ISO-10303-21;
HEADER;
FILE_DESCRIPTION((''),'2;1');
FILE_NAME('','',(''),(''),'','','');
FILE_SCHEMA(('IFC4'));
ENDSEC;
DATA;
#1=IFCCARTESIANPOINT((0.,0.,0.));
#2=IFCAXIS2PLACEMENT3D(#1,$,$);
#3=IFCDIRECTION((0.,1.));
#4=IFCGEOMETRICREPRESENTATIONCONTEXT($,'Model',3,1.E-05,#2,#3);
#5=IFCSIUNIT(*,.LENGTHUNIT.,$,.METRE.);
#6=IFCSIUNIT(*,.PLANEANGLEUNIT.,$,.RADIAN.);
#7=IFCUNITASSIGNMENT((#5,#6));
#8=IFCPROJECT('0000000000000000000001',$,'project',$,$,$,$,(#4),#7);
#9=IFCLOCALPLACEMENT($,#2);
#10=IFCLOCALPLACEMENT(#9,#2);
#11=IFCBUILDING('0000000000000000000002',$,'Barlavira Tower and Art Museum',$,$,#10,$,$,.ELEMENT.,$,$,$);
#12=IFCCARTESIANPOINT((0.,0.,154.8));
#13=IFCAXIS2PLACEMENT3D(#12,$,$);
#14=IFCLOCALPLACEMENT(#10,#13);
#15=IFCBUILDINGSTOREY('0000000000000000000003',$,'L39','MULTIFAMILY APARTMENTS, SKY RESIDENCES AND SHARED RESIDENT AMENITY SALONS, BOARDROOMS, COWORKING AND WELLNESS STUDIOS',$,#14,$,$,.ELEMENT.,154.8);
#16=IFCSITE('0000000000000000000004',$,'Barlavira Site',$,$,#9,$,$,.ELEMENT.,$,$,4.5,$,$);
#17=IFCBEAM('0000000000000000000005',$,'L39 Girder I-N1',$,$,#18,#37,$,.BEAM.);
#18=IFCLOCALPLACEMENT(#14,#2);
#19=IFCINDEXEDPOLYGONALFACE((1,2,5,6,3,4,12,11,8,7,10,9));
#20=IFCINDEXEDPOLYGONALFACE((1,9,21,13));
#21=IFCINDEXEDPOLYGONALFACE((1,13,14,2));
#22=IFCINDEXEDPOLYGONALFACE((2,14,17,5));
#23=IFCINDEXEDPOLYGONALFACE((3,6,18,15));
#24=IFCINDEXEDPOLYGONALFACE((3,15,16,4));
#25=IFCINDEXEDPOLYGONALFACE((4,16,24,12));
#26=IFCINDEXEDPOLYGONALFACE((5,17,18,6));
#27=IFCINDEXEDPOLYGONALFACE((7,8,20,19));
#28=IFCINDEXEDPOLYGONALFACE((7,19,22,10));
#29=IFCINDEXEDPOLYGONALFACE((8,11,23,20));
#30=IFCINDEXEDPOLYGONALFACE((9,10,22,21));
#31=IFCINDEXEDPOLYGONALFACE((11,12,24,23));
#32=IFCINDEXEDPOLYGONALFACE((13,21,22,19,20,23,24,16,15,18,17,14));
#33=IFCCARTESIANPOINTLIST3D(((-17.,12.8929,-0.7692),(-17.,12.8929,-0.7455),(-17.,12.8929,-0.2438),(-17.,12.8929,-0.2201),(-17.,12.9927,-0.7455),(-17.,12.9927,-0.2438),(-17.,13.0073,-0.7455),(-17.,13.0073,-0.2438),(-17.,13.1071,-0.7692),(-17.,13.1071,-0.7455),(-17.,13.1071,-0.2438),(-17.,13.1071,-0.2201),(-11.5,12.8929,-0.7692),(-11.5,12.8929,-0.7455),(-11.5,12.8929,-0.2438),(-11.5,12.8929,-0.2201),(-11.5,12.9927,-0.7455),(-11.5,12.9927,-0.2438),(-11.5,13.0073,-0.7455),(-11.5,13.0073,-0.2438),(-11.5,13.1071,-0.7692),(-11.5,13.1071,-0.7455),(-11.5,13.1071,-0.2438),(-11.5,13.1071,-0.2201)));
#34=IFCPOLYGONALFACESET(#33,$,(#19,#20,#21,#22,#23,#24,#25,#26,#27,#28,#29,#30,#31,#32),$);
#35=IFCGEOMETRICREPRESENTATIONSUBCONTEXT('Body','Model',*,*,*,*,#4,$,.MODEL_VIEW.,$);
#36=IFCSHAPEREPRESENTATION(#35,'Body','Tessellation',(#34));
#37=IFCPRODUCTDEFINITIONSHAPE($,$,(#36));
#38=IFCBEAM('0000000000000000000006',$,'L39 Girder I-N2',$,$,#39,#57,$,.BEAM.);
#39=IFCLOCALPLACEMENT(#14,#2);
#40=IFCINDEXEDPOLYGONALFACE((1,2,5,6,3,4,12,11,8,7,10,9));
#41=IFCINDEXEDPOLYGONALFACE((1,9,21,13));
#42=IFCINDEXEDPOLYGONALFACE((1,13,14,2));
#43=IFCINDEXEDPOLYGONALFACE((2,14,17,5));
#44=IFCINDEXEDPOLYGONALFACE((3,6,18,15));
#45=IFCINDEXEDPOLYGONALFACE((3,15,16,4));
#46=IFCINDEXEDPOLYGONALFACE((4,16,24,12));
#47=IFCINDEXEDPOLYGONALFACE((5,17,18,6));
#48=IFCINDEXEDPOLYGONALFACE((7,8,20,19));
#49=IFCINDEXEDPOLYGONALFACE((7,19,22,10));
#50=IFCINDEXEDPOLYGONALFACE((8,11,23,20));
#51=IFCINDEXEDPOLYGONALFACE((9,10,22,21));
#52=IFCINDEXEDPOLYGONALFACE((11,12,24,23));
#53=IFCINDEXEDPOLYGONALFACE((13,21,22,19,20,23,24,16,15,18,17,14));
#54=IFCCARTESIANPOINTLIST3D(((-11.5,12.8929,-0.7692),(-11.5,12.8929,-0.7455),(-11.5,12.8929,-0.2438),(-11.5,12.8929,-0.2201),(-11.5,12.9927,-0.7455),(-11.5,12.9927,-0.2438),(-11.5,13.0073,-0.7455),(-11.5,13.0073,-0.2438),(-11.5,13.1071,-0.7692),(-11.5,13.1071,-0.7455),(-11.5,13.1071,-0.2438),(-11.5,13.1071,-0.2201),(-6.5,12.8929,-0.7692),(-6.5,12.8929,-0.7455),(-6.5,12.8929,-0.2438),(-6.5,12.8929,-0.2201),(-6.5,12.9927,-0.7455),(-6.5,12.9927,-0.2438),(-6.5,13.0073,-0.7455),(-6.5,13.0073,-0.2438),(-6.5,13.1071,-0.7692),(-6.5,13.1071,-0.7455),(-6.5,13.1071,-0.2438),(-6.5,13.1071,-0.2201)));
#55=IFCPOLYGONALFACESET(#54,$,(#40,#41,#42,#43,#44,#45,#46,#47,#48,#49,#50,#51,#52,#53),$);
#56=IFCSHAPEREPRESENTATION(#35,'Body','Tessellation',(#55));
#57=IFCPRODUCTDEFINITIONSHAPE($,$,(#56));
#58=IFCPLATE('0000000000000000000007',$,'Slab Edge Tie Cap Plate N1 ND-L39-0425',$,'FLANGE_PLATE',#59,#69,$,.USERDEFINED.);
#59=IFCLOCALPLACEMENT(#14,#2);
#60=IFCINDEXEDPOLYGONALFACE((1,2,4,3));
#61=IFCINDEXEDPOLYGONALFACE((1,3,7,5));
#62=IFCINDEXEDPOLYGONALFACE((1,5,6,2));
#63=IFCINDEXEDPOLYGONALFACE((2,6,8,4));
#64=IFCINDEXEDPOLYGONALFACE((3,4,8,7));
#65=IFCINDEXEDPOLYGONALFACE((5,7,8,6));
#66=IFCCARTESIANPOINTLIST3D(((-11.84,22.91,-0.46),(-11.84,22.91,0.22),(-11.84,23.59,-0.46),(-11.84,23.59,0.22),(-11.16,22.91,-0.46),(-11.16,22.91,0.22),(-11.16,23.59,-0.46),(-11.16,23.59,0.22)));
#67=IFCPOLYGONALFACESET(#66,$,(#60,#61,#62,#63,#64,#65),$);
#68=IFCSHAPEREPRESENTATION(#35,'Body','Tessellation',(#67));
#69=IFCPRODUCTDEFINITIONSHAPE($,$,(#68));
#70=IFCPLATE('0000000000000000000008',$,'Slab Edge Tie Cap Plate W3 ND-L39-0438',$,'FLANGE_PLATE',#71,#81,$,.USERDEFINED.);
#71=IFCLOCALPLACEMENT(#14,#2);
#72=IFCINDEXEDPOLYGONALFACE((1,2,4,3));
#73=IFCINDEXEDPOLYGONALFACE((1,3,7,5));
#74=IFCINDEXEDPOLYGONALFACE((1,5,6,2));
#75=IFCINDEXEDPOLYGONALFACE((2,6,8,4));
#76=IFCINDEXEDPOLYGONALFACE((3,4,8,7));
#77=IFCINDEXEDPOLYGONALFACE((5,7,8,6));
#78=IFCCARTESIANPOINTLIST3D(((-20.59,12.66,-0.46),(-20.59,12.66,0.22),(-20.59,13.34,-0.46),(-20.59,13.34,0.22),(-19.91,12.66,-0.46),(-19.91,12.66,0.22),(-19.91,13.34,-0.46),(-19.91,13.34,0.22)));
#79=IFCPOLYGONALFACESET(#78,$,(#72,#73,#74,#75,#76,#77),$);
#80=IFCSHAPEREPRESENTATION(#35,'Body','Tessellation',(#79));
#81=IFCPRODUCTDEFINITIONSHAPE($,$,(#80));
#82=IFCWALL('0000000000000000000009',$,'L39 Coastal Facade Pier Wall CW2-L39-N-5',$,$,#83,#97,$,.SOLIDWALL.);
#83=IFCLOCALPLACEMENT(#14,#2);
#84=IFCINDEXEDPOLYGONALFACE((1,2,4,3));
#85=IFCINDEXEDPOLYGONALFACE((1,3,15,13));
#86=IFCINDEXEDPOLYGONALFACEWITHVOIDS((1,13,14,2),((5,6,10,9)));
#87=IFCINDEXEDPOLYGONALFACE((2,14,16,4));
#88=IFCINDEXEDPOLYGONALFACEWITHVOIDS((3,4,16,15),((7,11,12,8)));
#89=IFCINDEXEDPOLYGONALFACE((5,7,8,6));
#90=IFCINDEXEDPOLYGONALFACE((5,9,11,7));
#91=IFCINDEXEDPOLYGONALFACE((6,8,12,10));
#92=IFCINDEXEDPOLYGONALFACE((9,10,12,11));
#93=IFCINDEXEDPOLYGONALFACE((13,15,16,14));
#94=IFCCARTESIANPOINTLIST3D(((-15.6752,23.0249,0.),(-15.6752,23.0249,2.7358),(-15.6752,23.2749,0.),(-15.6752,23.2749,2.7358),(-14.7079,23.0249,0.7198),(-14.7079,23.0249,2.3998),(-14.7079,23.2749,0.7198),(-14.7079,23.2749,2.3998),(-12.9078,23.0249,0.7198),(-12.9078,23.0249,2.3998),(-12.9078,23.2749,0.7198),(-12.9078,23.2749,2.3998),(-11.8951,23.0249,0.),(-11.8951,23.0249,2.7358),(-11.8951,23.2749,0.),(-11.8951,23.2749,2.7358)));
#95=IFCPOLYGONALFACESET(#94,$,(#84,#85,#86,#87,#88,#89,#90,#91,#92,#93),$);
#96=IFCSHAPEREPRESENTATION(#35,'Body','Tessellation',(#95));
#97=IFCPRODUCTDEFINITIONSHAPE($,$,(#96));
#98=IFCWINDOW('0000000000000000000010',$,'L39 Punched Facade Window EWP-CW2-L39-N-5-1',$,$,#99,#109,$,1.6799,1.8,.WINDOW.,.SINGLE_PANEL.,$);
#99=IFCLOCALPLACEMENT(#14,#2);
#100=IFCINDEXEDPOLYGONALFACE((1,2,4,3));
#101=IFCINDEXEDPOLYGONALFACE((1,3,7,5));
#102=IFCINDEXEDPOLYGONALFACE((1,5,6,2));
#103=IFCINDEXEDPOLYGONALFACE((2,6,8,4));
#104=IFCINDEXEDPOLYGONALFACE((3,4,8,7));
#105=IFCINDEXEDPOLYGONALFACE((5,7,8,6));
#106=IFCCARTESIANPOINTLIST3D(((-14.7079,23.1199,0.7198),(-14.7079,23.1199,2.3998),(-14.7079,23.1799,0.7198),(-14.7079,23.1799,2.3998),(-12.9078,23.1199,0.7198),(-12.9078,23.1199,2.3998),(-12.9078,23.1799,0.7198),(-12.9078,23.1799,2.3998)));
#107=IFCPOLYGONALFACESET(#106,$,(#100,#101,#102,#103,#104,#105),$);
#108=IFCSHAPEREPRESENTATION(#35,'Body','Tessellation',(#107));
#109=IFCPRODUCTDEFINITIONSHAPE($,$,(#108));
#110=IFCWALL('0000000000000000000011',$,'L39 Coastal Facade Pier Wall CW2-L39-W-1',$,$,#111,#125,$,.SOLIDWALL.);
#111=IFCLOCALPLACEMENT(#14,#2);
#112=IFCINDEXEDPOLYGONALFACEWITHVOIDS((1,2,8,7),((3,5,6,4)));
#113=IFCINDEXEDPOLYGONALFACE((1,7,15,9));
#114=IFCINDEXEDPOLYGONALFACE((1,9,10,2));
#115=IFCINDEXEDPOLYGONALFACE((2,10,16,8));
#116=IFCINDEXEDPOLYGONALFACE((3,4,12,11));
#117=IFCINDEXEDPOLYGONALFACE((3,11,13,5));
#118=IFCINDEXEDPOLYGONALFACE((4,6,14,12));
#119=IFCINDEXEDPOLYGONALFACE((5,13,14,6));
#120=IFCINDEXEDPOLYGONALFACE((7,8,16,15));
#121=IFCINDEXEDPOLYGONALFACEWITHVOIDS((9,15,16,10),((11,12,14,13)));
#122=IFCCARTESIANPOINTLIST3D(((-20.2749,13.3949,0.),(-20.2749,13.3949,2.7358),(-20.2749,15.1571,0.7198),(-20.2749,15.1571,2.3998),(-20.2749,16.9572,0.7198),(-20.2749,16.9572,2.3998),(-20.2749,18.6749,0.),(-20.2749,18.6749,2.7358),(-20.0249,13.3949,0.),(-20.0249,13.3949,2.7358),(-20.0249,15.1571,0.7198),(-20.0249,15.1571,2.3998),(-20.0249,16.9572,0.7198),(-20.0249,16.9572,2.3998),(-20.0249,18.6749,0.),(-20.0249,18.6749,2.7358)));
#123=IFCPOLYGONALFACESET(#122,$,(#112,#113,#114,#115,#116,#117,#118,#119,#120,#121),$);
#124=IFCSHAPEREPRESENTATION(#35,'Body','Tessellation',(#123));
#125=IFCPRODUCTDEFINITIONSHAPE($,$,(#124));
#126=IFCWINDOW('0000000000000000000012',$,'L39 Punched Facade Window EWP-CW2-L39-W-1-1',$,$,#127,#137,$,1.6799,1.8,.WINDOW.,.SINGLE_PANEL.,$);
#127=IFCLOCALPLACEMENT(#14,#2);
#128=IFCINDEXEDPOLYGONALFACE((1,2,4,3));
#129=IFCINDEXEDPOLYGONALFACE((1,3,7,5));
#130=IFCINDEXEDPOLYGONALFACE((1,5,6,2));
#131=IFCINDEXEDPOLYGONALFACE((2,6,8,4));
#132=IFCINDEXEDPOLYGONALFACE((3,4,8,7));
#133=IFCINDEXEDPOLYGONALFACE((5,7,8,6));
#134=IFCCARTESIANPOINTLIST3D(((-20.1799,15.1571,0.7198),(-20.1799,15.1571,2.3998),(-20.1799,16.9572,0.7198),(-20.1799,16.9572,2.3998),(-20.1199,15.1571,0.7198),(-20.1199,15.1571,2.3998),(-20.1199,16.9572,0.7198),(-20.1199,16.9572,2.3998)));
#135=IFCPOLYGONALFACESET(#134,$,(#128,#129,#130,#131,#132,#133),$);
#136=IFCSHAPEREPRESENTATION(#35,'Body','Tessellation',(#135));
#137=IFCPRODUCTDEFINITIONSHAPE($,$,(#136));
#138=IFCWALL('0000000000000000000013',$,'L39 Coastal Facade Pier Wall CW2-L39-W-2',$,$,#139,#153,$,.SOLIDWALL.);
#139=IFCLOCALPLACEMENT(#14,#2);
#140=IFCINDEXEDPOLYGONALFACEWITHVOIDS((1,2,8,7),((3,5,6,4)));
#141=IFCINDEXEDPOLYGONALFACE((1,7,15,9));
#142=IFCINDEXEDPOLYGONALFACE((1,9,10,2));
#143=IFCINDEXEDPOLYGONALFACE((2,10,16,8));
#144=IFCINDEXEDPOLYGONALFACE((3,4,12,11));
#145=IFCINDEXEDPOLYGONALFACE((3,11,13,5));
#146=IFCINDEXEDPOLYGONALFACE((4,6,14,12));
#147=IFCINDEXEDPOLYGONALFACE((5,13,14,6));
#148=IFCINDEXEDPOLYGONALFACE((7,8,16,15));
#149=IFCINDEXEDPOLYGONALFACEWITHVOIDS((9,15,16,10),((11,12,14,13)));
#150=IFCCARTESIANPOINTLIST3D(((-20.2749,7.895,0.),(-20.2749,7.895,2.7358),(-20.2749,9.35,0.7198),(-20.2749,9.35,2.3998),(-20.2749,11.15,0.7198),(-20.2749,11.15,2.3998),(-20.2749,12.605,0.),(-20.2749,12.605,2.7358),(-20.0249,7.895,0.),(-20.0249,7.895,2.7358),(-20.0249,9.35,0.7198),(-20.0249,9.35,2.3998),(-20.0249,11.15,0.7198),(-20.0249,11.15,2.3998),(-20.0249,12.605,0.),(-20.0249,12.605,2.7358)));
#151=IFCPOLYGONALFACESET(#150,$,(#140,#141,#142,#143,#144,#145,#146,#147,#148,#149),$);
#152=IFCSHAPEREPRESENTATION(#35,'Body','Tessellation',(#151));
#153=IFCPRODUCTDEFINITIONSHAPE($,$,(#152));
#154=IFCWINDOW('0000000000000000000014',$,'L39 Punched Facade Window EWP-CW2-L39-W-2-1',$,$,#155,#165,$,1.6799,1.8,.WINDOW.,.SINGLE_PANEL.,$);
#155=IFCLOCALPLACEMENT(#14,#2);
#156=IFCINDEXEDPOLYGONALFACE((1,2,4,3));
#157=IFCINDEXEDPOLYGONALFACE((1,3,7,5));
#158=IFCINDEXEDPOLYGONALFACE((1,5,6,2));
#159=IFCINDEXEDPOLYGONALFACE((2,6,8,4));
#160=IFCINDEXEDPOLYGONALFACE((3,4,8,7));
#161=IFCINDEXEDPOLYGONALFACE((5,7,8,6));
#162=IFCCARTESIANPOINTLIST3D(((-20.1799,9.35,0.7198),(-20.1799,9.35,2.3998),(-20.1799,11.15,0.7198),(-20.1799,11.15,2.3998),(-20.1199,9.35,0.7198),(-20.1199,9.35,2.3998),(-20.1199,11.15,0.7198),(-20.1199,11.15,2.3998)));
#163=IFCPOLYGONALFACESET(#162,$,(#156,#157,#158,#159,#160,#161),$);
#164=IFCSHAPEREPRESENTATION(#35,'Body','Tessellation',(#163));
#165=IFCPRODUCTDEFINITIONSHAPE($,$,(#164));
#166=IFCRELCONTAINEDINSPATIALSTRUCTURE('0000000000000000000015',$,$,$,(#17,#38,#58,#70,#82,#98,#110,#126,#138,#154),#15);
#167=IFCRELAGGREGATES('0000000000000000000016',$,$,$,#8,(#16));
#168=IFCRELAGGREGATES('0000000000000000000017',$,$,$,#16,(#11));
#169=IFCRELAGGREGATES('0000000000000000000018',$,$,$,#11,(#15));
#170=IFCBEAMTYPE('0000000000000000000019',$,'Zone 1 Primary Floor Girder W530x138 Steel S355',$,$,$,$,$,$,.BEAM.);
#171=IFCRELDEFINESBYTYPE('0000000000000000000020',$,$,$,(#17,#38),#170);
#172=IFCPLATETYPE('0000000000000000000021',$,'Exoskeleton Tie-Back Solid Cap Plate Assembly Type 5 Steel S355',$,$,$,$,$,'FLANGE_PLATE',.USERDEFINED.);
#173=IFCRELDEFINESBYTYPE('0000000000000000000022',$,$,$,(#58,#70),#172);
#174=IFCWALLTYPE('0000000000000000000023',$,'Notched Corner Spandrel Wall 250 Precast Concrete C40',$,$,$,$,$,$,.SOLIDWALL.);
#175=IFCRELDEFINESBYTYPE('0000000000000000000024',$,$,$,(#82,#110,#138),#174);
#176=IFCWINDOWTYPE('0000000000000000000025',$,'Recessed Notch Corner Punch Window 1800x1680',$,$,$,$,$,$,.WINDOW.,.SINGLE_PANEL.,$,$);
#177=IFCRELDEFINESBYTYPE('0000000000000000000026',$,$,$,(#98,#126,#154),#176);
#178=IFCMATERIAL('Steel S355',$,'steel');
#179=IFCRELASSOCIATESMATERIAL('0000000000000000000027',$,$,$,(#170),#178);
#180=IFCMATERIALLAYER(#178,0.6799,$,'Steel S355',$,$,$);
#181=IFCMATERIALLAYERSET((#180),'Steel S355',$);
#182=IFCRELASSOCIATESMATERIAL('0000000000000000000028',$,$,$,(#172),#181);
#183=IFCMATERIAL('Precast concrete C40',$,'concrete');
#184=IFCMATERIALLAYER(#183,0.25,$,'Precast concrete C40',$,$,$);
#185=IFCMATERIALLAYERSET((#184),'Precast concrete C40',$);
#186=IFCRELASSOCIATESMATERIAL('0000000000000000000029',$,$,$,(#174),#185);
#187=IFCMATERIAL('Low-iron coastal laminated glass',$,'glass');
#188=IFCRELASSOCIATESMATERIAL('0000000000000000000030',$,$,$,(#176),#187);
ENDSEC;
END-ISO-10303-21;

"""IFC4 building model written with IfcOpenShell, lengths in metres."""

from ifc_helpers import new_model, si_unit, direction, frame, frame_2d, origin, origin_2d, place, context, subcontext, project, spatial, rectangle, i_section, extrude, material, layer, layer_set, material_profile, profile_set, type_object, element, fill, save


model = new_model("IFC4")

# Units and contexts
model_context = context("Model", 3, precision=1e-05, world=origin(), true_north=direction((0.0, 1.0)))
body_context = subcontext(model_context, "Body", "Model", "MODEL_VIEW")
ifc_project = project(units=[si_unit("LENGTHUNIT", "METRE"), si_unit("PLANEANGLEUNIT", "RADIAN")], contexts=[model_context])

# Site, building, storey
site_placement = place(None, origin())
site = spatial("IfcSite", under=ifc_project, at=site_placement, Name="Barlavira Site", CompositionType="ELEMENT", RefElevation=4.5)
building_placement = place(site_placement, origin())
building = spatial("IfcBuilding", under=site, at=building_placement, Name="Barlavira Tower and Art Museum", CompositionType="ELEMENT")
storey_placement = place(building_placement, frame((0.0, 0.0, 154.8)))
storey = spatial("IfcBuildingStorey", under=building, at=storey_placement, Name="L39", Description="MULTIFAMILY APARTMENTS, SKY RESIDENCES AND SHARED RESIDENT AMENITY SALONS, BOARDROOMS, COWORKING AND WELLNESS STUDIOS", CompositionType="ELEMENT", Elevation=154.8)

# Shared definitions
ifc_material_1 = material(Name="Steel S355", Category="steel")

# Beams
ifc_material_profile_1 = material_profile(ifc_material_1, i_section(OverallWidth=0.2141, OverallDepth=0.5491, WebThickness=0.0146, FlangeThickness=0.0237, at=origin_2d()), Name="W530x138.0")
ifc_profile_set_1 = profile_set([ifc_material_profile_1], Name="Steel S355")
beam_type_1 = type_object("IfcBeamType", Name="Zone 1 Primary Floor Girder W530x138 Steel S355", PredefinedType="BEAM", material=ifc_profile_set_1)
beam_1_placement = place(storey_placement, frame((-17.0, 13.0, -0.4946), z_axis=(1.0, 0.0, 0.0), x_axis=(0.0, 1.0, 0.0)))
element("IfcBeam", 1, at=beam_1_placement, inside=storey, type_object=beam_type_1, Name="L39 Girder I-N1", PredefinedType="BEAM", context=body_context, shape_type="SweptSolid", body=[
    extrude(i_section(OverallWidth=0.2141, OverallDepth=0.5491, WebThickness=0.0146, FlangeThickness=0.0237, at=origin_2d()), origin(), (0.0, 0.0, 1.0), 5.5),
])
beam_2_placement = place(storey_placement, frame((-11.5, 13.0, -0.4946), z_axis=(1.0, 0.0, 0.0), x_axis=(0.0, 1.0, 0.0)))
element("IfcBeam", 2, at=beam_2_placement, inside=storey, type_object=beam_type_1, Name="L39 Girder I-N2", PredefinedType="BEAM", context=body_context, shape_type="SweptSolid", body=[
    extrude(i_section(OverallWidth=0.2141, OverallDepth=0.5491, WebThickness=0.0146, FlangeThickness=0.0237, at=origin_2d()), origin(), (0.0, 0.0, 1.0), 5.0),
])

# Plates
ifc_layer_1 = layer(ifc_material_1, 0.6799, Name="Steel S355")
ifc_layer_set_1 = layer_set([ifc_layer_1], Name="Steel S355")
plate_type = type_object("IfcPlateType", Name="Exoskeleton Tie-Back Solid Cap Plate Assembly Type 5 Steel S355", ElementType="FLANGE_PLATE", PredefinedType="USERDEFINED", material=ifc_layer_set_1)
for number, where, z_axis, x_axis, name in (
    (3, (-11.5, 23.25, -0.46), (0.0, 0.0, 1.0), (1.0, 0.0, 0.0), "Slab Edge Tie Cap Plate N1 ND-L39-0425"),
    (4, (-20.25, 13.0, -0.46), (0.0, 0.0, 1.0), (1.0, 0.0, 0.0), "Slab Edge Tie Cap Plate W3 ND-L39-0438"),
):
    element("IfcPlate", number, at=place(storey_placement, frame(where, z_axis=z_axis, x_axis=x_axis)), inside=storey, type_object=plate_type, Name=name, ObjectType="FLANGE_PLATE", PredefinedType="USERDEFINED", context=body_context, shape_type="SweptSolid", body=[
        extrude(rectangle(XDim=0.6799, YDim=0.6799, at=origin_2d()), origin(), (0.0, 0.0, 1.0), 0.6799),
    ])

# Walls, openings, windows
ifc_material_2 = material(Name="Precast concrete C40", Category="concrete")
ifc_layer_2 = layer(ifc_material_2, 0.25, Name="Precast concrete C40")
ifc_layer_set_2 = layer_set([ifc_layer_2], Name="Precast concrete C40")
wall_type_1 = type_object("IfcWallType", Name="Notched Corner Spandrel Wall 250 Precast Concrete C40", PredefinedType="SOLIDWALL", material=ifc_layer_set_2)
wall_1_placement = place(storey_placement, frame((-11.895, 23.1499, 0.0), z_axis=(0.0, 0.0, 1.0), x_axis=(-1.0, 0.0, 0.0)))
wall_1 = element("IfcWall", 5, at=wall_1_placement, inside=storey, type_object=wall_type_1, Name="L39 Coastal Facade Pier Wall CW2-L39-N-5", PredefinedType="SOLIDWALL", context=body_context, shape_type="SweptSolid", body=[
    extrude(rectangle(XDim=3.78, YDim=0.25, at=frame_2d((1.8901, 0.0))), origin(), (0.0, 0.0, 1.0), 2.7358),
])
opening_1_placement = place(wall_1_placement, frame((1.0129, 0.0, 0.72)))
opening_1 = element("IfcOpeningElement", 6, at=opening_1_placement, cuts=wall_1, PredefinedType="OPENING", context=body_context, shape_type="SweptSolid", body=[
    extrude(rectangle(XDim=1.8, YDim=1.6799, at=frame_2d((0.8999, 0.8398))), frame((0.0, 0.135, 0.0), z_axis=(0.0, -1.0, 0.0), x_axis=(1.0, 0.0, 0.0)), (0.0, 0.0, 1.0), 0.27),
])
ifc_material_3 = material(Name="Low-iron coastal laminated glass", Category="glass")
window_type = type_object("IfcWindowType", Name="Recessed Notch Corner Punch Window 1800x1680", PartitioningType="SINGLE_PANEL", PredefinedType="WINDOW", material=ifc_material_3)
window_1_placement = place(opening_1_placement, origin())
window_1 = element("IfcWindow", 7, at=window_1_placement, inside=storey, type_object=window_type, Name="L39 Punched Facade Window EWP-CW2-L39-N-5-1", OverallHeight=1.6799, OverallWidth=1.8, PartitioningType="SINGLE_PANEL", PredefinedType="WINDOW", context=body_context, shape_type="SweptSolid", body=[
    extrude(rectangle(XDim=1.8, YDim=1.6799, at=frame_2d((0.8999, 0.8398))), frame((0.0, 0.03, 0.0), z_axis=(0.0, -1.0, 0.0), x_axis=(1.0, 0.0, 0.0)), (0.0, 0.0, 1.0), 0.0601),
])
fill(opening_1, window_1)
wall_2_placement = place(storey_placement, frame((-20.1499, 18.675, 0.0), z_axis=(0.0, 0.0, 1.0), x_axis=(0.0, -1.0, 0.0)))
wall_2 = element("IfcWall", 8, at=wall_2_placement, inside=storey, type_object=wall_type_1, Name="L39 Coastal Facade Pier Wall CW2-L39-W-1", PredefinedType="SOLIDWALL", context=body_context, shape_type="SweptSolid", body=[
    extrude(rectangle(XDim=5.28, YDim=0.25, at=frame_2d((2.6401, 0.0))), origin(), (0.0, 0.0, 1.0), 2.7358),
])
opening_2_placement = place(wall_2_placement, frame((1.718, 0.0, 0.72)))
opening_2 = element("IfcOpeningElement", 9, at=opening_2_placement, cuts=wall_2, PredefinedType="OPENING", context=body_context, shape_type="SweptSolid", body=[
    extrude(rectangle(XDim=1.8, YDim=1.6799, at=frame_2d((0.8999, 0.8398))), frame((0.0, 0.135, 0.0), z_axis=(0.0, -1.0, 0.0), x_axis=(1.0, 0.0, 0.0)), (0.0, 0.0, 1.0), 0.27),
])
window_2_placement = place(opening_2_placement, origin())
window_2 = element("IfcWindow", 10, at=window_2_placement, inside=storey, type_object=window_type, Name="L39 Punched Facade Window EWP-CW2-L39-W-1-1", OverallHeight=1.6799, OverallWidth=1.8, PartitioningType="SINGLE_PANEL", PredefinedType="WINDOW", context=body_context, shape_type="SweptSolid", body=[
    extrude(rectangle(XDim=1.8, YDim=1.6799, at=frame_2d((0.8999, 0.8398))), frame((0.0, 0.03, 0.0), z_axis=(0.0, -1.0, 0.0), x_axis=(1.0, 0.0, 0.0)), (0.0, 0.0, 1.0), 0.0601),
])
fill(opening_2, window_2)
wall_3_placement = place(storey_placement, frame((-20.1499, 12.605, 0.0), z_axis=(0.0, 0.0, 1.0), x_axis=(0.0, -1.0, 0.0)))
wall_3 = element("IfcWall", 11, at=wall_3_placement, inside=storey, type_object=wall_type_1, Name="L39 Coastal Facade Pier Wall CW2-L39-W-2", PredefinedType="SOLIDWALL", context=body_context, shape_type="SweptSolid", body=[
    extrude(rectangle(XDim=4.71, YDim=0.25, at=frame_2d((2.355, 0.0))), origin(), (0.0, 0.0, 1.0), 2.7358),
])
opening_3_placement = place(wall_3_placement, frame((1.4551, 0.0, 0.72)))
opening_3 = element("IfcOpeningElement", 12, at=opening_3_placement, cuts=wall_3, PredefinedType="OPENING", context=body_context, shape_type="SweptSolid", body=[
    extrude(rectangle(XDim=1.8, YDim=1.6799, at=frame_2d((0.8999, 0.8398))), frame((0.0, 0.135, 0.0), z_axis=(0.0, -1.0, 0.0), x_axis=(1.0, 0.0, 0.0)), (0.0, 0.0, 1.0), 0.27),
])
window_3_placement = place(opening_3_placement, origin())
window_3 = element("IfcWindow", 13, at=window_3_placement, inside=storey, type_object=window_type, Name="L39 Punched Facade Window EWP-CW2-L39-W-2-1", OverallHeight=1.6799, OverallWidth=1.8, PartitioningType="SINGLE_PANEL", PredefinedType="WINDOW", context=body_context, shape_type="SweptSolid", body=[
    extrude(rectangle(XDim=1.8, YDim=1.6799, at=frame_2d((0.8999, 0.8398))), frame((0.0, 0.03, 0.0), z_axis=(0.0, -1.0, 0.0), x_axis=(1.0, 0.0, 0.0)), (0.0, 0.0, 1.0), 0.0601),
])
fill(opening_3, window_3)

save(model, "model.ifc")
